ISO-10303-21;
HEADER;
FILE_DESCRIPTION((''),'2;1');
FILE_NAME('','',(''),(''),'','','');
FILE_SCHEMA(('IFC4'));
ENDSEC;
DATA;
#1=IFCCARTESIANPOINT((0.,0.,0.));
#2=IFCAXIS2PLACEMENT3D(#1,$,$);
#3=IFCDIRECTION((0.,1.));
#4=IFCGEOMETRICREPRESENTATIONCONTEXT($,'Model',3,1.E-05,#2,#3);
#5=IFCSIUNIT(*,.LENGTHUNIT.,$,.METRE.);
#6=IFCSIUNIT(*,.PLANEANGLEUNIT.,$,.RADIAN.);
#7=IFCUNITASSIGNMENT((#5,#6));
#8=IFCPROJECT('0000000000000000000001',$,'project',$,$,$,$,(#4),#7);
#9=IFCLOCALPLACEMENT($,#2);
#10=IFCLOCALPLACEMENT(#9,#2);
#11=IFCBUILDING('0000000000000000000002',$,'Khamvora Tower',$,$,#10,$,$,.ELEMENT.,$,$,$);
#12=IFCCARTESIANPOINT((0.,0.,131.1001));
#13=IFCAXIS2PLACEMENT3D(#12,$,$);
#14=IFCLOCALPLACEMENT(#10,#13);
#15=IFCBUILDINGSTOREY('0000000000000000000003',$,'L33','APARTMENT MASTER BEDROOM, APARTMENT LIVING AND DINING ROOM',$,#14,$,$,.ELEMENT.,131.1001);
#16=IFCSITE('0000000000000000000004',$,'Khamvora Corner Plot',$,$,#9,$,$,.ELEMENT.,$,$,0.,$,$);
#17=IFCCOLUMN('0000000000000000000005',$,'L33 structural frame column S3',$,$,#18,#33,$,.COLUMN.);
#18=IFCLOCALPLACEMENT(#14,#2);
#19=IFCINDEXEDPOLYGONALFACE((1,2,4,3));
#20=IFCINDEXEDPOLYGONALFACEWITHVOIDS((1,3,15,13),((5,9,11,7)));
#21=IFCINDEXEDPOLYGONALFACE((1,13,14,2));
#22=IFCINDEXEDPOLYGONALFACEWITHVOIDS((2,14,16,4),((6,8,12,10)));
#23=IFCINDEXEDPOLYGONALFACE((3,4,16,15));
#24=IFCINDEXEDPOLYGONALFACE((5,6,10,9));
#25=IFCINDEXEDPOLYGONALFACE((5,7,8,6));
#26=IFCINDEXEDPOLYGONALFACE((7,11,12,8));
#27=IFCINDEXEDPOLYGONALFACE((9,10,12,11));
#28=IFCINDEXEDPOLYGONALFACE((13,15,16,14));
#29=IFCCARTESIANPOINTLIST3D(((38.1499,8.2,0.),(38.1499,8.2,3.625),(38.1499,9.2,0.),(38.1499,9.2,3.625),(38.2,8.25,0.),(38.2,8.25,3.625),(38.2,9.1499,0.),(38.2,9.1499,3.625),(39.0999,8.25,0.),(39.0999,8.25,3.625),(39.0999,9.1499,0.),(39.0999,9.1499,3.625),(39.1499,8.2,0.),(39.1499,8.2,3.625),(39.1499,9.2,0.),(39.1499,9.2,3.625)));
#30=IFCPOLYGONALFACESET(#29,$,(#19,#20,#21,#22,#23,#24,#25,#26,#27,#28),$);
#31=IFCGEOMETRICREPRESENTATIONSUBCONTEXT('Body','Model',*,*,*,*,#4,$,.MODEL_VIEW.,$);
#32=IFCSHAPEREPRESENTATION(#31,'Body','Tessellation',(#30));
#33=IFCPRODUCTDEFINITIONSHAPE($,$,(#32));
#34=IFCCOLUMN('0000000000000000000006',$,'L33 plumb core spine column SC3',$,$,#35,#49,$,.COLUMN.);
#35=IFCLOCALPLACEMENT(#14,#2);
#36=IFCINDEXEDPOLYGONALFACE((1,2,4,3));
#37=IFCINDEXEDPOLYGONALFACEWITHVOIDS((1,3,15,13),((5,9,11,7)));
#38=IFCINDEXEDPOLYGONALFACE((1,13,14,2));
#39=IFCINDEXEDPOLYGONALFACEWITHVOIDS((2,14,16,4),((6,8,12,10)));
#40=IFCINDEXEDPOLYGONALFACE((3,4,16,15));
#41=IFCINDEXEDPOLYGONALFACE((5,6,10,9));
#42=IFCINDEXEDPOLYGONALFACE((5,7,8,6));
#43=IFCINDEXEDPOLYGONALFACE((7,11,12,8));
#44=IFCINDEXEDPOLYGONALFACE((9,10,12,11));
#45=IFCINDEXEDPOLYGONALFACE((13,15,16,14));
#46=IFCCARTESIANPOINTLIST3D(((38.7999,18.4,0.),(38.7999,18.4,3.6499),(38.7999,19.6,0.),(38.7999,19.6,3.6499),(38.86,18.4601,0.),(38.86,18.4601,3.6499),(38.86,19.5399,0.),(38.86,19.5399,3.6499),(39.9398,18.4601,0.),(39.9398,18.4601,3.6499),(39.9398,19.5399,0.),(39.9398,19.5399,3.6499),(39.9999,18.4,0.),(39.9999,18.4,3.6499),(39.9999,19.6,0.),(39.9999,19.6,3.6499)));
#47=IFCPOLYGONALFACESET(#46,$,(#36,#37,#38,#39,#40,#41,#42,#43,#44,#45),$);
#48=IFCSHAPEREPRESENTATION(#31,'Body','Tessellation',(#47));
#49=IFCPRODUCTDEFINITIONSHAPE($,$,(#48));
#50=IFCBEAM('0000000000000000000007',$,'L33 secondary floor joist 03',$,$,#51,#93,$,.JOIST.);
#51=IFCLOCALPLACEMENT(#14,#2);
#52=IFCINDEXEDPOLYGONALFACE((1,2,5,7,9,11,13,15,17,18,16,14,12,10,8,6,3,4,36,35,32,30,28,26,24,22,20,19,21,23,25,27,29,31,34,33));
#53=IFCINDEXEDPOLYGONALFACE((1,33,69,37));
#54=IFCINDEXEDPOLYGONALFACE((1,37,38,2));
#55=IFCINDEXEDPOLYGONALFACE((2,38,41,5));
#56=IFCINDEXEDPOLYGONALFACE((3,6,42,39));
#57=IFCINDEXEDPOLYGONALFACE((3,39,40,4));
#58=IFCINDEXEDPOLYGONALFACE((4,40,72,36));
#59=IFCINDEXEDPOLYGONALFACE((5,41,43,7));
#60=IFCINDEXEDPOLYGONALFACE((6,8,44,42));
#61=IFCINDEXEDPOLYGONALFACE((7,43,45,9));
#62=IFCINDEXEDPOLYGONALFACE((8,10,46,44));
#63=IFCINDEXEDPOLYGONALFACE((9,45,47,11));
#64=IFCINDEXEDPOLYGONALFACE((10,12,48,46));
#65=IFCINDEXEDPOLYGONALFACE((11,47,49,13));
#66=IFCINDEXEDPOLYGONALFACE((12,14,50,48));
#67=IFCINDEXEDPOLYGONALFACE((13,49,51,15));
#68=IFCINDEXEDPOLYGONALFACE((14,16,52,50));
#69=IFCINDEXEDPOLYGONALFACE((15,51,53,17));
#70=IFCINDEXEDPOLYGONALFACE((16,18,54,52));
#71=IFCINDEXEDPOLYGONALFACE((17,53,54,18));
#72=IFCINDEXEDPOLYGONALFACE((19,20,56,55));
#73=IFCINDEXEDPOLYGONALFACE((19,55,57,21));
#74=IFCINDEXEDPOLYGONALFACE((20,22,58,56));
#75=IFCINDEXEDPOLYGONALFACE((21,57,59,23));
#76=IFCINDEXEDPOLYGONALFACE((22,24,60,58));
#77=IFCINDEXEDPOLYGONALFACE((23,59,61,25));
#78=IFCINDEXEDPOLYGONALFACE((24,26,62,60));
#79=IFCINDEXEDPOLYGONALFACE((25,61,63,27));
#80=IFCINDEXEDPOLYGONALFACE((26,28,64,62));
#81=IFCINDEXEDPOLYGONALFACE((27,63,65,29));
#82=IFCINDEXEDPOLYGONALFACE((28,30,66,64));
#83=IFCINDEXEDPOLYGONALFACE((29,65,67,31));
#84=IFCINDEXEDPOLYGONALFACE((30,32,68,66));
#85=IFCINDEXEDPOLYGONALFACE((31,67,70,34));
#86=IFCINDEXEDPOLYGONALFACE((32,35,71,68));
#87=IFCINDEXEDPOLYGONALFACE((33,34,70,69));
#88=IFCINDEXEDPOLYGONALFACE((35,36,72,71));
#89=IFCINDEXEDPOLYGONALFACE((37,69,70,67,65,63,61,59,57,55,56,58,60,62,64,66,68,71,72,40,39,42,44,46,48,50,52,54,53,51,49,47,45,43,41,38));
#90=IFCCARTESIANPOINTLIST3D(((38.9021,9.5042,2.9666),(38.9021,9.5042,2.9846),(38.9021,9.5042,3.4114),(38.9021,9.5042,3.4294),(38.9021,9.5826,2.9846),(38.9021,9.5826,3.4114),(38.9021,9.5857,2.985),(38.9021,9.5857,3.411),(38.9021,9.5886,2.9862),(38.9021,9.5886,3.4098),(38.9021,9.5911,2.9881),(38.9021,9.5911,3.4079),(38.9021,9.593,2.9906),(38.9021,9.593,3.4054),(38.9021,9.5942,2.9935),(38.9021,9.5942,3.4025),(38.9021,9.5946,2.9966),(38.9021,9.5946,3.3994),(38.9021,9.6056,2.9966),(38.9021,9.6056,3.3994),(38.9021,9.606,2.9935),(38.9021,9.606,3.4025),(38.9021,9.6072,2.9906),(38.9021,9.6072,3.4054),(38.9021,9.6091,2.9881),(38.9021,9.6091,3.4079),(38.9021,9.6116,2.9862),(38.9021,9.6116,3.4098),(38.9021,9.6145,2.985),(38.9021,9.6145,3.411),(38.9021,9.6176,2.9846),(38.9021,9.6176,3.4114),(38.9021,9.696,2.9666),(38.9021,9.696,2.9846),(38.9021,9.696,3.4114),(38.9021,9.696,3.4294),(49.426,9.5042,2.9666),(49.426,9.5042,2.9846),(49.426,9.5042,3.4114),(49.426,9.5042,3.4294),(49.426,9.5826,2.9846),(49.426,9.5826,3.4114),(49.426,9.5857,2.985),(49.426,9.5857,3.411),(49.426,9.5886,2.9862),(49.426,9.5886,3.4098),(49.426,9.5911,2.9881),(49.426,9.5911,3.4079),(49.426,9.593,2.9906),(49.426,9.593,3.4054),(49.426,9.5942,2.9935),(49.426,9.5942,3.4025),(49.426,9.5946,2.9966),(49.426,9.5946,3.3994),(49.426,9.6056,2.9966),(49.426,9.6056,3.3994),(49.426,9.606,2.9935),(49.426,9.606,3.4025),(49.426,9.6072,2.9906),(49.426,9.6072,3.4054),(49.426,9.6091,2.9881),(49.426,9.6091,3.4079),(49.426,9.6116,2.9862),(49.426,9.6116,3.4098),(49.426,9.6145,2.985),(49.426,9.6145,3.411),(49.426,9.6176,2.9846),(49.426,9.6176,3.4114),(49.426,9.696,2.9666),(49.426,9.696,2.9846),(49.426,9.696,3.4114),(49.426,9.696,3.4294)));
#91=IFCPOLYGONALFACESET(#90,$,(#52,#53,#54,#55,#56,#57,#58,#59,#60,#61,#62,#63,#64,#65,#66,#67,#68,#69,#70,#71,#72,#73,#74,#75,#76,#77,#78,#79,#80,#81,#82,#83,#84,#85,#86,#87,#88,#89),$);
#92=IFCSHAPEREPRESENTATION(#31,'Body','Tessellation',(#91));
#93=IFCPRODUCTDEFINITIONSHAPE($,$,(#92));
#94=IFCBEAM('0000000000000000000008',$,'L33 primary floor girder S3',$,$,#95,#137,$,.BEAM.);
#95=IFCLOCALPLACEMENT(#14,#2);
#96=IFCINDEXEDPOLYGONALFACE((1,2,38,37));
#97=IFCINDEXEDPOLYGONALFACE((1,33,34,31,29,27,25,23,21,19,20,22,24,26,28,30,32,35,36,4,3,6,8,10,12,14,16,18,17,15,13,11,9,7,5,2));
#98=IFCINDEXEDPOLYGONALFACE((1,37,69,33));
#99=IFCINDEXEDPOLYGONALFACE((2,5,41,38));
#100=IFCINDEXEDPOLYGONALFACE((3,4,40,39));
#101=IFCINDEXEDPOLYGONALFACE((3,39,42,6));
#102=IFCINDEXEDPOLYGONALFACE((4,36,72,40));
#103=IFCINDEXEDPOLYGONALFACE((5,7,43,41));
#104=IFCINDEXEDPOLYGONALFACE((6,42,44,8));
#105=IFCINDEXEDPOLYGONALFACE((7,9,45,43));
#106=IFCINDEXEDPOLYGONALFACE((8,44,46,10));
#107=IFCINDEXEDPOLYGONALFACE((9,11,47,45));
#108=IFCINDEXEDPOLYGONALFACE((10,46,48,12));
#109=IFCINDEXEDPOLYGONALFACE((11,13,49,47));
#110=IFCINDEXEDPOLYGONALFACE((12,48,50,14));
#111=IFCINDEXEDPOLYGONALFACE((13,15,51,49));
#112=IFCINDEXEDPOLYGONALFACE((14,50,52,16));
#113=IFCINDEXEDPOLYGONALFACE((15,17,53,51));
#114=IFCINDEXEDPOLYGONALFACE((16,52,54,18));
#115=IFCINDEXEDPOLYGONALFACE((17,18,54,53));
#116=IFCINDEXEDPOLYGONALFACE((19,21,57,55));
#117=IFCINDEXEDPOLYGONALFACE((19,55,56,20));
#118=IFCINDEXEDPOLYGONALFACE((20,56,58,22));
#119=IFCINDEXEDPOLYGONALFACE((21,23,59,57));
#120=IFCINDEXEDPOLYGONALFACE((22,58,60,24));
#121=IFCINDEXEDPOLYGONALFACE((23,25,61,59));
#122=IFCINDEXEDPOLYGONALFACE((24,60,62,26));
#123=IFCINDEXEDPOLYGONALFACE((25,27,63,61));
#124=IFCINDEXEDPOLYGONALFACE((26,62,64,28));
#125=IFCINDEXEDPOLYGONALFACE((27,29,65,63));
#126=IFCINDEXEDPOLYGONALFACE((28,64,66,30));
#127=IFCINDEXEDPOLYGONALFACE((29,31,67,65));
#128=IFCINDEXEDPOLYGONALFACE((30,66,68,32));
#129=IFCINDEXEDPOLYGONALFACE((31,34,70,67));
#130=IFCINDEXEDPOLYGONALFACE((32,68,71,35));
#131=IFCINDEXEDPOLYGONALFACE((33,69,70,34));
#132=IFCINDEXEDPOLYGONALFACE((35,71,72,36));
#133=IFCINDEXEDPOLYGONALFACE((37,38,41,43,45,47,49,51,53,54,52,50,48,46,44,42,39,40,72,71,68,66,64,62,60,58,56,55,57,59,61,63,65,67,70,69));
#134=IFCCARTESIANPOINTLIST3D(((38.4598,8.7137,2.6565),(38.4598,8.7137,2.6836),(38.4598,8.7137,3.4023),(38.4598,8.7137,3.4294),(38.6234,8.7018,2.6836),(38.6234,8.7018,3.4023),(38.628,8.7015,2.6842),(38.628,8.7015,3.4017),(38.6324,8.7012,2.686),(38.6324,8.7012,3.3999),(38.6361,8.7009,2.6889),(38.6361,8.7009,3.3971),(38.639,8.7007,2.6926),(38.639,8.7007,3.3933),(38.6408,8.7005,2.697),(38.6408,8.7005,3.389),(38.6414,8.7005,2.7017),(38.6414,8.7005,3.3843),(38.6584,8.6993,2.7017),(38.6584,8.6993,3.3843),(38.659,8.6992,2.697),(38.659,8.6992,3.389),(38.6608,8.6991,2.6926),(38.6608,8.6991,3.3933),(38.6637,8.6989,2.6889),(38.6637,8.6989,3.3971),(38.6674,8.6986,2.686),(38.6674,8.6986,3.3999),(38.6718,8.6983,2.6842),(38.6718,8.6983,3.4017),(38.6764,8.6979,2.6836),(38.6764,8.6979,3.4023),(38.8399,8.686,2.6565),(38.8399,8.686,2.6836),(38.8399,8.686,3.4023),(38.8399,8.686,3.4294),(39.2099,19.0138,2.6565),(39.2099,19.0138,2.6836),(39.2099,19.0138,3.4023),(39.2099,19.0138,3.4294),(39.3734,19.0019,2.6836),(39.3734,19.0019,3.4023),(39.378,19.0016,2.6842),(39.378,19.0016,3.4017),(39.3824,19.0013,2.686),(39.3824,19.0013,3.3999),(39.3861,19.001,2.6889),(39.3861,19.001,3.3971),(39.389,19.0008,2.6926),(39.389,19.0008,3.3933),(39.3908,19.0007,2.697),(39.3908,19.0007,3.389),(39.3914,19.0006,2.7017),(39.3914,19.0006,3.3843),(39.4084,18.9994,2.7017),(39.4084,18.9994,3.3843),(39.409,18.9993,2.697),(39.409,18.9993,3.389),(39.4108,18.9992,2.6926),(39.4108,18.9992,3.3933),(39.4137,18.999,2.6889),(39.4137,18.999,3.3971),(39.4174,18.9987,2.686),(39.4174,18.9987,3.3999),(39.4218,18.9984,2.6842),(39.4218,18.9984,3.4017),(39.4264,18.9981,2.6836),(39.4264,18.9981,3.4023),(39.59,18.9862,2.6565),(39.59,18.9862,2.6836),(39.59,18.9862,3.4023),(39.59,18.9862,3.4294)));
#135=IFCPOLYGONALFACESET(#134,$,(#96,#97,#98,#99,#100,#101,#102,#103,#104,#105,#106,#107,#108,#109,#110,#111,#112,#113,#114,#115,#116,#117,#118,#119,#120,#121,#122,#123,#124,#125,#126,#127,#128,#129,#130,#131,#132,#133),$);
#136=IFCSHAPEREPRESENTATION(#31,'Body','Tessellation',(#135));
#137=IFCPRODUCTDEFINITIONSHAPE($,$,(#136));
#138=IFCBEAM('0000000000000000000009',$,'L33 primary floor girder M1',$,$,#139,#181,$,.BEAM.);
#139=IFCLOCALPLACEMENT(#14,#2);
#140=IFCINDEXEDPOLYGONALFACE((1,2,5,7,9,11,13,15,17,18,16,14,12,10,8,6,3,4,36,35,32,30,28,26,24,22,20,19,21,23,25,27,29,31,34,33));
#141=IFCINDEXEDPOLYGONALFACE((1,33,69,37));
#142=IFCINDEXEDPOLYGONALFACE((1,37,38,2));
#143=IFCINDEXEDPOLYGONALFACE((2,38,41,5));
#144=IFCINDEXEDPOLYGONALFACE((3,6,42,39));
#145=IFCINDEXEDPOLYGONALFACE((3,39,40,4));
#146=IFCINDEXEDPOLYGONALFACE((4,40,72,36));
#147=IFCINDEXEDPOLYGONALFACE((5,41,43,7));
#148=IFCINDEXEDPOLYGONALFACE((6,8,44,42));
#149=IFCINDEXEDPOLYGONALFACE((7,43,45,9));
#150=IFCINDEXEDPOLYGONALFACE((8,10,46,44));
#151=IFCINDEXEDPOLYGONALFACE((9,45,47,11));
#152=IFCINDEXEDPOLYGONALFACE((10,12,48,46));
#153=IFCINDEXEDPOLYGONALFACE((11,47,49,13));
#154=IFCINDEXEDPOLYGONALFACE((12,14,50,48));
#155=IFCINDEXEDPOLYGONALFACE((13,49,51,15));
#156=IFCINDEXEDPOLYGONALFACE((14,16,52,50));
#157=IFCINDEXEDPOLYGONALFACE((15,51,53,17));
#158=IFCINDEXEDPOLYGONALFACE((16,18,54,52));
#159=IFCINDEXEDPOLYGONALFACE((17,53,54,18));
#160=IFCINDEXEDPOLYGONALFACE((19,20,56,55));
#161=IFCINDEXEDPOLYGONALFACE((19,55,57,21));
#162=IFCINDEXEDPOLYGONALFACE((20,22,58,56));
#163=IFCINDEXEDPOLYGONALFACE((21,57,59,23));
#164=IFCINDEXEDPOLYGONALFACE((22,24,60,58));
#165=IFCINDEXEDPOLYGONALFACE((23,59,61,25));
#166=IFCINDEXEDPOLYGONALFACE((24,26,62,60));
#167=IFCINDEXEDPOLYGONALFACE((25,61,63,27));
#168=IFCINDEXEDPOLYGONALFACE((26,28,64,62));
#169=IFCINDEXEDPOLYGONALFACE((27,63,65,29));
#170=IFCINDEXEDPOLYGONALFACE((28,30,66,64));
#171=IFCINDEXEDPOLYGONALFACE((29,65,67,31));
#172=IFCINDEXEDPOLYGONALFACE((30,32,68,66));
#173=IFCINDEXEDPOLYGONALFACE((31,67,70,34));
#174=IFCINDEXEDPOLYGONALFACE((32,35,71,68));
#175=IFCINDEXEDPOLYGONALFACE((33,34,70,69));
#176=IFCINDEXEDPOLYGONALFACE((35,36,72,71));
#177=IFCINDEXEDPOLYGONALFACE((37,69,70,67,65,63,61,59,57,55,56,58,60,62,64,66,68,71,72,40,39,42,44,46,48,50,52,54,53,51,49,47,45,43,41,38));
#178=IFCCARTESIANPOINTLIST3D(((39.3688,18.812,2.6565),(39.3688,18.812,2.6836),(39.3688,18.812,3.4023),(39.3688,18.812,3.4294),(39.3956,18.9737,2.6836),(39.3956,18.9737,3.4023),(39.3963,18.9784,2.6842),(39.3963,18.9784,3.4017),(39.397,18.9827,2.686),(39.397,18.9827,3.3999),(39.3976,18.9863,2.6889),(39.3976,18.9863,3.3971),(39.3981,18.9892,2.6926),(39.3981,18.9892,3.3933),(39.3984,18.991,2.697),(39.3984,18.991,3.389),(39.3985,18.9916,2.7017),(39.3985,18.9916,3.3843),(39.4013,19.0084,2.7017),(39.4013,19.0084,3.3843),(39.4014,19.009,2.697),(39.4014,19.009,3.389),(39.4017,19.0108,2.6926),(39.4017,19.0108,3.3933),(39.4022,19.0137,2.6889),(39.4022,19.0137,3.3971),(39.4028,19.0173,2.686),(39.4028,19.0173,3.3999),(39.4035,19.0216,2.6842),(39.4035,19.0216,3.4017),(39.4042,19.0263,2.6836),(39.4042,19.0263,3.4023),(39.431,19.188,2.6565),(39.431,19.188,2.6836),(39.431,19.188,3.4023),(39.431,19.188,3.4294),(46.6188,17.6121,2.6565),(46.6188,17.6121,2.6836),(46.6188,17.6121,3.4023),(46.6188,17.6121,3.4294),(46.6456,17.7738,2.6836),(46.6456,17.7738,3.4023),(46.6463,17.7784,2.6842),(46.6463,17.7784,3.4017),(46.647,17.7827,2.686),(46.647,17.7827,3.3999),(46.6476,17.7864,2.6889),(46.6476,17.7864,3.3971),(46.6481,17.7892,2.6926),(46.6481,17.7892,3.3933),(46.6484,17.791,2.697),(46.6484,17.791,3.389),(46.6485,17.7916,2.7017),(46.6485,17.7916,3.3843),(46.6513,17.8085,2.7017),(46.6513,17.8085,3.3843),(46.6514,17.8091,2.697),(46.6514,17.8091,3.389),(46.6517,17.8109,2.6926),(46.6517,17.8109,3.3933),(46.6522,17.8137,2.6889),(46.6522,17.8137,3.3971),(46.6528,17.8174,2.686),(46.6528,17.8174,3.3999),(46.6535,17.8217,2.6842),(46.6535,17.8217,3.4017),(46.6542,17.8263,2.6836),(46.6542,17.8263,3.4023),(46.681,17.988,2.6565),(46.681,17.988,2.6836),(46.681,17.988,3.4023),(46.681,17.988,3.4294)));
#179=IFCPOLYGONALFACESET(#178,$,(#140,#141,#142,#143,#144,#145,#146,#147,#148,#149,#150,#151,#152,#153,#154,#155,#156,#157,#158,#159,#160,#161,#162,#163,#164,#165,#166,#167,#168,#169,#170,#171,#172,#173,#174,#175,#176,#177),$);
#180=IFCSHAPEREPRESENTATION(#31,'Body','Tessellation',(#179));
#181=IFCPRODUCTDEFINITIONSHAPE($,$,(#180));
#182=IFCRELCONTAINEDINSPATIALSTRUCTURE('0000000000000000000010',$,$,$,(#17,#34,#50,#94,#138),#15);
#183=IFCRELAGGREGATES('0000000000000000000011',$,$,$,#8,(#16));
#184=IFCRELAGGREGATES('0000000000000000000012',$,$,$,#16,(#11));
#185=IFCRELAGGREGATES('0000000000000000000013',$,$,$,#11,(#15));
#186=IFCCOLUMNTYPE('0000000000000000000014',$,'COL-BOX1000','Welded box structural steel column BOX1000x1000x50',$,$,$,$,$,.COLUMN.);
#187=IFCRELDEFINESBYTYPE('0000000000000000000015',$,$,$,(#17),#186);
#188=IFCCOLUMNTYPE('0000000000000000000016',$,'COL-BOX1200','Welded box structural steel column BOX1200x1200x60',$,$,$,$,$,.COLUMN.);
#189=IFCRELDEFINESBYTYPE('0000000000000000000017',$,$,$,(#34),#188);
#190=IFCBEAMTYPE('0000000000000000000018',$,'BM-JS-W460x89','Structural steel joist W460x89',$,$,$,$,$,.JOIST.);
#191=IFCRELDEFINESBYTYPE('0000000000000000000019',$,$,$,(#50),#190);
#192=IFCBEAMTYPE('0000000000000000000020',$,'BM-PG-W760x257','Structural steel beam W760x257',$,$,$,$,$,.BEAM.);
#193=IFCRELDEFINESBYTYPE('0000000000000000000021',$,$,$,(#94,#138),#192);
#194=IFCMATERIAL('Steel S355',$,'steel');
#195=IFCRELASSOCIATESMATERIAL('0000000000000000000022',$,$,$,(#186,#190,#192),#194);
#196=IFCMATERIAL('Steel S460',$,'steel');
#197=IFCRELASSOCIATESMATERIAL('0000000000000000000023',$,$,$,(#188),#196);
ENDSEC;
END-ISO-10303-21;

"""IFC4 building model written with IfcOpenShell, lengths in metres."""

from ifc_helpers import new_model, si_unit, direction, frame, origin, origin_2d, place, context, subcontext, project, spatial, hollow_rectangle, i_section, extrude, material, material_profile, profile_set, type_object, element, save


model = new_model("IFC4")

# Units and contexts
model_context = context("Model", 3, precision=1e-05, world=origin(), true_north=direction((0.0, 1.0)))
body_context = subcontext(model_context, "Body", "Model", "MODEL_VIEW")
ifc_project = project(units=[si_unit("LENGTHUNIT", "METRE"), si_unit("PLANEANGLEUNIT", "RADIAN")], contexts=[model_context])

# Site, building, storey
site_placement = place(None, origin())
site = spatial("IfcSite", under=ifc_project, at=site_placement, Name="Khamvora Corner Plot", CompositionType="ELEMENT", RefElevation=0.0)
building_placement = place(site_placement, origin())
building = spatial("IfcBuilding", under=site, at=building_placement, Name="Khamvora Tower", CompositionType="ELEMENT")
storey_placement = place(building_placement, frame((0.0, 0.0, 131.1001)))
storey = spatial("IfcBuildingStorey", under=building, at=storey_placement, Name="L33", Description="APARTMENT MASTER BEDROOM, APARTMENT LIVING AND DINING ROOM", CompositionType="ELEMENT", Elevation=131.1001)

# Columns
ifc_material_1 = material(Name="Steel S355", Category="steel")
ifc_material_profile_1 = material_profile(ifc_material_1, hollow_rectangle(XDim=1.0, YDim=1.0, WallThickness=0.05, at=origin_2d()), Name="BOX1000x1000x50")
ifc_profile_set_1 = profile_set([ifc_material_profile_1], Name="Steel S355")
column_type_1 = type_object("IfcColumnType", Name="COL-BOX1000", Description="Welded box structural steel column BOX1000x1000x50", PredefinedType="COLUMN", material=ifc_profile_set_1)
column_1_placement = place(storey_placement, frame((38.6499, 8.7, 0.0), z_axis=(0.0, 0.0, 1.0), x_axis=(1.0, 0.0, 0.0)))
element("IfcColumn", 1, at=column_1_placement, inside=storey, type_object=column_type_1, Name="L33 structural frame column S3", PredefinedType="COLUMN", context=body_context, shape_type="SweptSolid", body=[
    extrude(hollow_rectangle(XDim=1.0, YDim=1.0, WallThickness=0.05, at=origin_2d()), origin(), (0.0, 0.0, 1.0), 3.625),
])
ifc_material_2 = material(Name="Steel S460", Category="steel")
ifc_material_profile_2 = material_profile(ifc_material_2, hollow_rectangle(XDim=1.2, YDim=1.2, WallThickness=0.0601, at=origin_2d()), Name="BOX1200x1200x60")
ifc_profile_set_2 = profile_set([ifc_material_profile_2], Name="Steel S460")
column_type_2 = type_object("IfcColumnType", Name="COL-BOX1200", Description="Welded box structural steel column BOX1200x1200x60", PredefinedType="COLUMN", material=ifc_profile_set_2)
column_2_placement = place(storey_placement, frame((39.3999, 19.0, 0.0), z_axis=(0.0, 0.0, 1.0), x_axis=(1.0, 0.0, 0.0)))
element("IfcColumn", 2, at=column_2_placement, inside=storey, type_object=column_type_2, Name="L33 plumb core spine column SC3", PredefinedType="COLUMN", context=body_context, shape_type="SweptSolid", body=[
    extrude(hollow_rectangle(XDim=1.2, YDim=1.2, WallThickness=0.0601, at=origin_2d()), origin(), (0.0, 0.0, 1.0), 3.6499),
])

# Beams
ifc_material_profile_3 = material_profile(ifc_material_1, i_section(OverallWidth=0.1919, OverallDepth=0.4629, WebThickness=0.011, FlangeThickness=0.0181, FilletRadius=0.012, at=origin_2d()), Name="W460x89")
ifc_profile_set_3 = profile_set([ifc_material_profile_3], Name="Steel S355")
beam_type_1 = type_object("IfcBeamType", Name="BM-JS-W460x89", Description="Structural steel joist W460x89", PredefinedType="JOIST", material=ifc_profile_set_3)
beam_1_placement = place(storey_placement, frame((38.9021, 9.6001, 3.198), z_axis=(1.0, 0.0, 0.0), x_axis=(0.0, 1.0, 0.0)))
element("IfcBeam", 3, at=beam_1_placement, inside=storey, type_object=beam_type_1, Name="L33 secondary floor joist 03", PredefinedType="JOIST", context=body_context, shape_type="SweptSolid", body=[
    extrude(i_section(OverallWidth=0.1919, OverallDepth=0.4629, WebThickness=0.011, FlangeThickness=0.0181, FilletRadius=0.012, at=origin_2d()), origin(), (0.0, 0.0, 1.0), 10.5239),
])
ifc_material_profile_4 = material_profile(ifc_material_1, i_section(OverallWidth=0.3811, OverallDepth=0.7729, WebThickness=0.0171, FlangeThickness=0.0271, FilletRadius=0.0181, at=origin_2d()), Name="W760x257")
ifc_profile_set_4 = profile_set([ifc_material_profile_4], Name="Steel S355")
beam_type_2 = type_object("IfcBeamType", Name="BM-PG-W760x257", Description="Structural steel beam W760x257", PredefinedType="BEAM", material=ifc_profile_set_4)
beam_2_placement = place(storey_placement, frame((39.3999, 19.0, 3.043), z_axis=(-0.072623, -0.997359, 0.0), x_axis=(0.997359, -0.072623, 0.0)))
element("IfcBeam", 4, at=beam_2_placement, inside=storey, type_object=beam_type_2, Name="L33 primary floor girder S3", PredefinedType="BEAM", context=body_context, shape_type="SweptSolid", body=[
    extrude(i_section(OverallWidth=0.3811, OverallDepth=0.7729, WebThickness=0.0171, FlangeThickness=0.0271, FilletRadius=0.0181, at=origin_2d()), origin(), (0.0, 0.0, 1.0), 10.3274),
])
beam_3_placement = place(storey_placement, frame((39.3999, 19.0, 3.043), z_axis=(0.986578, -0.163289, 0.0), x_axis=(0.163289, 0.986578, 0.0)))
element("IfcBeam", 5, at=beam_3_placement, inside=storey, type_object=beam_type_2, Name="L33 primary floor girder M1", PredefinedType="BEAM", context=body_context, shape_type="SweptSolid", body=[
    extrude(i_section(OverallWidth=0.3811, OverallDepth=0.7729, WebThickness=0.0171, FlangeThickness=0.0271, FilletRadius=0.0181, at=origin_2d()), origin(), (0.0, 0.0, 1.0), 7.3486),
])

save(model, "model.ifc")
